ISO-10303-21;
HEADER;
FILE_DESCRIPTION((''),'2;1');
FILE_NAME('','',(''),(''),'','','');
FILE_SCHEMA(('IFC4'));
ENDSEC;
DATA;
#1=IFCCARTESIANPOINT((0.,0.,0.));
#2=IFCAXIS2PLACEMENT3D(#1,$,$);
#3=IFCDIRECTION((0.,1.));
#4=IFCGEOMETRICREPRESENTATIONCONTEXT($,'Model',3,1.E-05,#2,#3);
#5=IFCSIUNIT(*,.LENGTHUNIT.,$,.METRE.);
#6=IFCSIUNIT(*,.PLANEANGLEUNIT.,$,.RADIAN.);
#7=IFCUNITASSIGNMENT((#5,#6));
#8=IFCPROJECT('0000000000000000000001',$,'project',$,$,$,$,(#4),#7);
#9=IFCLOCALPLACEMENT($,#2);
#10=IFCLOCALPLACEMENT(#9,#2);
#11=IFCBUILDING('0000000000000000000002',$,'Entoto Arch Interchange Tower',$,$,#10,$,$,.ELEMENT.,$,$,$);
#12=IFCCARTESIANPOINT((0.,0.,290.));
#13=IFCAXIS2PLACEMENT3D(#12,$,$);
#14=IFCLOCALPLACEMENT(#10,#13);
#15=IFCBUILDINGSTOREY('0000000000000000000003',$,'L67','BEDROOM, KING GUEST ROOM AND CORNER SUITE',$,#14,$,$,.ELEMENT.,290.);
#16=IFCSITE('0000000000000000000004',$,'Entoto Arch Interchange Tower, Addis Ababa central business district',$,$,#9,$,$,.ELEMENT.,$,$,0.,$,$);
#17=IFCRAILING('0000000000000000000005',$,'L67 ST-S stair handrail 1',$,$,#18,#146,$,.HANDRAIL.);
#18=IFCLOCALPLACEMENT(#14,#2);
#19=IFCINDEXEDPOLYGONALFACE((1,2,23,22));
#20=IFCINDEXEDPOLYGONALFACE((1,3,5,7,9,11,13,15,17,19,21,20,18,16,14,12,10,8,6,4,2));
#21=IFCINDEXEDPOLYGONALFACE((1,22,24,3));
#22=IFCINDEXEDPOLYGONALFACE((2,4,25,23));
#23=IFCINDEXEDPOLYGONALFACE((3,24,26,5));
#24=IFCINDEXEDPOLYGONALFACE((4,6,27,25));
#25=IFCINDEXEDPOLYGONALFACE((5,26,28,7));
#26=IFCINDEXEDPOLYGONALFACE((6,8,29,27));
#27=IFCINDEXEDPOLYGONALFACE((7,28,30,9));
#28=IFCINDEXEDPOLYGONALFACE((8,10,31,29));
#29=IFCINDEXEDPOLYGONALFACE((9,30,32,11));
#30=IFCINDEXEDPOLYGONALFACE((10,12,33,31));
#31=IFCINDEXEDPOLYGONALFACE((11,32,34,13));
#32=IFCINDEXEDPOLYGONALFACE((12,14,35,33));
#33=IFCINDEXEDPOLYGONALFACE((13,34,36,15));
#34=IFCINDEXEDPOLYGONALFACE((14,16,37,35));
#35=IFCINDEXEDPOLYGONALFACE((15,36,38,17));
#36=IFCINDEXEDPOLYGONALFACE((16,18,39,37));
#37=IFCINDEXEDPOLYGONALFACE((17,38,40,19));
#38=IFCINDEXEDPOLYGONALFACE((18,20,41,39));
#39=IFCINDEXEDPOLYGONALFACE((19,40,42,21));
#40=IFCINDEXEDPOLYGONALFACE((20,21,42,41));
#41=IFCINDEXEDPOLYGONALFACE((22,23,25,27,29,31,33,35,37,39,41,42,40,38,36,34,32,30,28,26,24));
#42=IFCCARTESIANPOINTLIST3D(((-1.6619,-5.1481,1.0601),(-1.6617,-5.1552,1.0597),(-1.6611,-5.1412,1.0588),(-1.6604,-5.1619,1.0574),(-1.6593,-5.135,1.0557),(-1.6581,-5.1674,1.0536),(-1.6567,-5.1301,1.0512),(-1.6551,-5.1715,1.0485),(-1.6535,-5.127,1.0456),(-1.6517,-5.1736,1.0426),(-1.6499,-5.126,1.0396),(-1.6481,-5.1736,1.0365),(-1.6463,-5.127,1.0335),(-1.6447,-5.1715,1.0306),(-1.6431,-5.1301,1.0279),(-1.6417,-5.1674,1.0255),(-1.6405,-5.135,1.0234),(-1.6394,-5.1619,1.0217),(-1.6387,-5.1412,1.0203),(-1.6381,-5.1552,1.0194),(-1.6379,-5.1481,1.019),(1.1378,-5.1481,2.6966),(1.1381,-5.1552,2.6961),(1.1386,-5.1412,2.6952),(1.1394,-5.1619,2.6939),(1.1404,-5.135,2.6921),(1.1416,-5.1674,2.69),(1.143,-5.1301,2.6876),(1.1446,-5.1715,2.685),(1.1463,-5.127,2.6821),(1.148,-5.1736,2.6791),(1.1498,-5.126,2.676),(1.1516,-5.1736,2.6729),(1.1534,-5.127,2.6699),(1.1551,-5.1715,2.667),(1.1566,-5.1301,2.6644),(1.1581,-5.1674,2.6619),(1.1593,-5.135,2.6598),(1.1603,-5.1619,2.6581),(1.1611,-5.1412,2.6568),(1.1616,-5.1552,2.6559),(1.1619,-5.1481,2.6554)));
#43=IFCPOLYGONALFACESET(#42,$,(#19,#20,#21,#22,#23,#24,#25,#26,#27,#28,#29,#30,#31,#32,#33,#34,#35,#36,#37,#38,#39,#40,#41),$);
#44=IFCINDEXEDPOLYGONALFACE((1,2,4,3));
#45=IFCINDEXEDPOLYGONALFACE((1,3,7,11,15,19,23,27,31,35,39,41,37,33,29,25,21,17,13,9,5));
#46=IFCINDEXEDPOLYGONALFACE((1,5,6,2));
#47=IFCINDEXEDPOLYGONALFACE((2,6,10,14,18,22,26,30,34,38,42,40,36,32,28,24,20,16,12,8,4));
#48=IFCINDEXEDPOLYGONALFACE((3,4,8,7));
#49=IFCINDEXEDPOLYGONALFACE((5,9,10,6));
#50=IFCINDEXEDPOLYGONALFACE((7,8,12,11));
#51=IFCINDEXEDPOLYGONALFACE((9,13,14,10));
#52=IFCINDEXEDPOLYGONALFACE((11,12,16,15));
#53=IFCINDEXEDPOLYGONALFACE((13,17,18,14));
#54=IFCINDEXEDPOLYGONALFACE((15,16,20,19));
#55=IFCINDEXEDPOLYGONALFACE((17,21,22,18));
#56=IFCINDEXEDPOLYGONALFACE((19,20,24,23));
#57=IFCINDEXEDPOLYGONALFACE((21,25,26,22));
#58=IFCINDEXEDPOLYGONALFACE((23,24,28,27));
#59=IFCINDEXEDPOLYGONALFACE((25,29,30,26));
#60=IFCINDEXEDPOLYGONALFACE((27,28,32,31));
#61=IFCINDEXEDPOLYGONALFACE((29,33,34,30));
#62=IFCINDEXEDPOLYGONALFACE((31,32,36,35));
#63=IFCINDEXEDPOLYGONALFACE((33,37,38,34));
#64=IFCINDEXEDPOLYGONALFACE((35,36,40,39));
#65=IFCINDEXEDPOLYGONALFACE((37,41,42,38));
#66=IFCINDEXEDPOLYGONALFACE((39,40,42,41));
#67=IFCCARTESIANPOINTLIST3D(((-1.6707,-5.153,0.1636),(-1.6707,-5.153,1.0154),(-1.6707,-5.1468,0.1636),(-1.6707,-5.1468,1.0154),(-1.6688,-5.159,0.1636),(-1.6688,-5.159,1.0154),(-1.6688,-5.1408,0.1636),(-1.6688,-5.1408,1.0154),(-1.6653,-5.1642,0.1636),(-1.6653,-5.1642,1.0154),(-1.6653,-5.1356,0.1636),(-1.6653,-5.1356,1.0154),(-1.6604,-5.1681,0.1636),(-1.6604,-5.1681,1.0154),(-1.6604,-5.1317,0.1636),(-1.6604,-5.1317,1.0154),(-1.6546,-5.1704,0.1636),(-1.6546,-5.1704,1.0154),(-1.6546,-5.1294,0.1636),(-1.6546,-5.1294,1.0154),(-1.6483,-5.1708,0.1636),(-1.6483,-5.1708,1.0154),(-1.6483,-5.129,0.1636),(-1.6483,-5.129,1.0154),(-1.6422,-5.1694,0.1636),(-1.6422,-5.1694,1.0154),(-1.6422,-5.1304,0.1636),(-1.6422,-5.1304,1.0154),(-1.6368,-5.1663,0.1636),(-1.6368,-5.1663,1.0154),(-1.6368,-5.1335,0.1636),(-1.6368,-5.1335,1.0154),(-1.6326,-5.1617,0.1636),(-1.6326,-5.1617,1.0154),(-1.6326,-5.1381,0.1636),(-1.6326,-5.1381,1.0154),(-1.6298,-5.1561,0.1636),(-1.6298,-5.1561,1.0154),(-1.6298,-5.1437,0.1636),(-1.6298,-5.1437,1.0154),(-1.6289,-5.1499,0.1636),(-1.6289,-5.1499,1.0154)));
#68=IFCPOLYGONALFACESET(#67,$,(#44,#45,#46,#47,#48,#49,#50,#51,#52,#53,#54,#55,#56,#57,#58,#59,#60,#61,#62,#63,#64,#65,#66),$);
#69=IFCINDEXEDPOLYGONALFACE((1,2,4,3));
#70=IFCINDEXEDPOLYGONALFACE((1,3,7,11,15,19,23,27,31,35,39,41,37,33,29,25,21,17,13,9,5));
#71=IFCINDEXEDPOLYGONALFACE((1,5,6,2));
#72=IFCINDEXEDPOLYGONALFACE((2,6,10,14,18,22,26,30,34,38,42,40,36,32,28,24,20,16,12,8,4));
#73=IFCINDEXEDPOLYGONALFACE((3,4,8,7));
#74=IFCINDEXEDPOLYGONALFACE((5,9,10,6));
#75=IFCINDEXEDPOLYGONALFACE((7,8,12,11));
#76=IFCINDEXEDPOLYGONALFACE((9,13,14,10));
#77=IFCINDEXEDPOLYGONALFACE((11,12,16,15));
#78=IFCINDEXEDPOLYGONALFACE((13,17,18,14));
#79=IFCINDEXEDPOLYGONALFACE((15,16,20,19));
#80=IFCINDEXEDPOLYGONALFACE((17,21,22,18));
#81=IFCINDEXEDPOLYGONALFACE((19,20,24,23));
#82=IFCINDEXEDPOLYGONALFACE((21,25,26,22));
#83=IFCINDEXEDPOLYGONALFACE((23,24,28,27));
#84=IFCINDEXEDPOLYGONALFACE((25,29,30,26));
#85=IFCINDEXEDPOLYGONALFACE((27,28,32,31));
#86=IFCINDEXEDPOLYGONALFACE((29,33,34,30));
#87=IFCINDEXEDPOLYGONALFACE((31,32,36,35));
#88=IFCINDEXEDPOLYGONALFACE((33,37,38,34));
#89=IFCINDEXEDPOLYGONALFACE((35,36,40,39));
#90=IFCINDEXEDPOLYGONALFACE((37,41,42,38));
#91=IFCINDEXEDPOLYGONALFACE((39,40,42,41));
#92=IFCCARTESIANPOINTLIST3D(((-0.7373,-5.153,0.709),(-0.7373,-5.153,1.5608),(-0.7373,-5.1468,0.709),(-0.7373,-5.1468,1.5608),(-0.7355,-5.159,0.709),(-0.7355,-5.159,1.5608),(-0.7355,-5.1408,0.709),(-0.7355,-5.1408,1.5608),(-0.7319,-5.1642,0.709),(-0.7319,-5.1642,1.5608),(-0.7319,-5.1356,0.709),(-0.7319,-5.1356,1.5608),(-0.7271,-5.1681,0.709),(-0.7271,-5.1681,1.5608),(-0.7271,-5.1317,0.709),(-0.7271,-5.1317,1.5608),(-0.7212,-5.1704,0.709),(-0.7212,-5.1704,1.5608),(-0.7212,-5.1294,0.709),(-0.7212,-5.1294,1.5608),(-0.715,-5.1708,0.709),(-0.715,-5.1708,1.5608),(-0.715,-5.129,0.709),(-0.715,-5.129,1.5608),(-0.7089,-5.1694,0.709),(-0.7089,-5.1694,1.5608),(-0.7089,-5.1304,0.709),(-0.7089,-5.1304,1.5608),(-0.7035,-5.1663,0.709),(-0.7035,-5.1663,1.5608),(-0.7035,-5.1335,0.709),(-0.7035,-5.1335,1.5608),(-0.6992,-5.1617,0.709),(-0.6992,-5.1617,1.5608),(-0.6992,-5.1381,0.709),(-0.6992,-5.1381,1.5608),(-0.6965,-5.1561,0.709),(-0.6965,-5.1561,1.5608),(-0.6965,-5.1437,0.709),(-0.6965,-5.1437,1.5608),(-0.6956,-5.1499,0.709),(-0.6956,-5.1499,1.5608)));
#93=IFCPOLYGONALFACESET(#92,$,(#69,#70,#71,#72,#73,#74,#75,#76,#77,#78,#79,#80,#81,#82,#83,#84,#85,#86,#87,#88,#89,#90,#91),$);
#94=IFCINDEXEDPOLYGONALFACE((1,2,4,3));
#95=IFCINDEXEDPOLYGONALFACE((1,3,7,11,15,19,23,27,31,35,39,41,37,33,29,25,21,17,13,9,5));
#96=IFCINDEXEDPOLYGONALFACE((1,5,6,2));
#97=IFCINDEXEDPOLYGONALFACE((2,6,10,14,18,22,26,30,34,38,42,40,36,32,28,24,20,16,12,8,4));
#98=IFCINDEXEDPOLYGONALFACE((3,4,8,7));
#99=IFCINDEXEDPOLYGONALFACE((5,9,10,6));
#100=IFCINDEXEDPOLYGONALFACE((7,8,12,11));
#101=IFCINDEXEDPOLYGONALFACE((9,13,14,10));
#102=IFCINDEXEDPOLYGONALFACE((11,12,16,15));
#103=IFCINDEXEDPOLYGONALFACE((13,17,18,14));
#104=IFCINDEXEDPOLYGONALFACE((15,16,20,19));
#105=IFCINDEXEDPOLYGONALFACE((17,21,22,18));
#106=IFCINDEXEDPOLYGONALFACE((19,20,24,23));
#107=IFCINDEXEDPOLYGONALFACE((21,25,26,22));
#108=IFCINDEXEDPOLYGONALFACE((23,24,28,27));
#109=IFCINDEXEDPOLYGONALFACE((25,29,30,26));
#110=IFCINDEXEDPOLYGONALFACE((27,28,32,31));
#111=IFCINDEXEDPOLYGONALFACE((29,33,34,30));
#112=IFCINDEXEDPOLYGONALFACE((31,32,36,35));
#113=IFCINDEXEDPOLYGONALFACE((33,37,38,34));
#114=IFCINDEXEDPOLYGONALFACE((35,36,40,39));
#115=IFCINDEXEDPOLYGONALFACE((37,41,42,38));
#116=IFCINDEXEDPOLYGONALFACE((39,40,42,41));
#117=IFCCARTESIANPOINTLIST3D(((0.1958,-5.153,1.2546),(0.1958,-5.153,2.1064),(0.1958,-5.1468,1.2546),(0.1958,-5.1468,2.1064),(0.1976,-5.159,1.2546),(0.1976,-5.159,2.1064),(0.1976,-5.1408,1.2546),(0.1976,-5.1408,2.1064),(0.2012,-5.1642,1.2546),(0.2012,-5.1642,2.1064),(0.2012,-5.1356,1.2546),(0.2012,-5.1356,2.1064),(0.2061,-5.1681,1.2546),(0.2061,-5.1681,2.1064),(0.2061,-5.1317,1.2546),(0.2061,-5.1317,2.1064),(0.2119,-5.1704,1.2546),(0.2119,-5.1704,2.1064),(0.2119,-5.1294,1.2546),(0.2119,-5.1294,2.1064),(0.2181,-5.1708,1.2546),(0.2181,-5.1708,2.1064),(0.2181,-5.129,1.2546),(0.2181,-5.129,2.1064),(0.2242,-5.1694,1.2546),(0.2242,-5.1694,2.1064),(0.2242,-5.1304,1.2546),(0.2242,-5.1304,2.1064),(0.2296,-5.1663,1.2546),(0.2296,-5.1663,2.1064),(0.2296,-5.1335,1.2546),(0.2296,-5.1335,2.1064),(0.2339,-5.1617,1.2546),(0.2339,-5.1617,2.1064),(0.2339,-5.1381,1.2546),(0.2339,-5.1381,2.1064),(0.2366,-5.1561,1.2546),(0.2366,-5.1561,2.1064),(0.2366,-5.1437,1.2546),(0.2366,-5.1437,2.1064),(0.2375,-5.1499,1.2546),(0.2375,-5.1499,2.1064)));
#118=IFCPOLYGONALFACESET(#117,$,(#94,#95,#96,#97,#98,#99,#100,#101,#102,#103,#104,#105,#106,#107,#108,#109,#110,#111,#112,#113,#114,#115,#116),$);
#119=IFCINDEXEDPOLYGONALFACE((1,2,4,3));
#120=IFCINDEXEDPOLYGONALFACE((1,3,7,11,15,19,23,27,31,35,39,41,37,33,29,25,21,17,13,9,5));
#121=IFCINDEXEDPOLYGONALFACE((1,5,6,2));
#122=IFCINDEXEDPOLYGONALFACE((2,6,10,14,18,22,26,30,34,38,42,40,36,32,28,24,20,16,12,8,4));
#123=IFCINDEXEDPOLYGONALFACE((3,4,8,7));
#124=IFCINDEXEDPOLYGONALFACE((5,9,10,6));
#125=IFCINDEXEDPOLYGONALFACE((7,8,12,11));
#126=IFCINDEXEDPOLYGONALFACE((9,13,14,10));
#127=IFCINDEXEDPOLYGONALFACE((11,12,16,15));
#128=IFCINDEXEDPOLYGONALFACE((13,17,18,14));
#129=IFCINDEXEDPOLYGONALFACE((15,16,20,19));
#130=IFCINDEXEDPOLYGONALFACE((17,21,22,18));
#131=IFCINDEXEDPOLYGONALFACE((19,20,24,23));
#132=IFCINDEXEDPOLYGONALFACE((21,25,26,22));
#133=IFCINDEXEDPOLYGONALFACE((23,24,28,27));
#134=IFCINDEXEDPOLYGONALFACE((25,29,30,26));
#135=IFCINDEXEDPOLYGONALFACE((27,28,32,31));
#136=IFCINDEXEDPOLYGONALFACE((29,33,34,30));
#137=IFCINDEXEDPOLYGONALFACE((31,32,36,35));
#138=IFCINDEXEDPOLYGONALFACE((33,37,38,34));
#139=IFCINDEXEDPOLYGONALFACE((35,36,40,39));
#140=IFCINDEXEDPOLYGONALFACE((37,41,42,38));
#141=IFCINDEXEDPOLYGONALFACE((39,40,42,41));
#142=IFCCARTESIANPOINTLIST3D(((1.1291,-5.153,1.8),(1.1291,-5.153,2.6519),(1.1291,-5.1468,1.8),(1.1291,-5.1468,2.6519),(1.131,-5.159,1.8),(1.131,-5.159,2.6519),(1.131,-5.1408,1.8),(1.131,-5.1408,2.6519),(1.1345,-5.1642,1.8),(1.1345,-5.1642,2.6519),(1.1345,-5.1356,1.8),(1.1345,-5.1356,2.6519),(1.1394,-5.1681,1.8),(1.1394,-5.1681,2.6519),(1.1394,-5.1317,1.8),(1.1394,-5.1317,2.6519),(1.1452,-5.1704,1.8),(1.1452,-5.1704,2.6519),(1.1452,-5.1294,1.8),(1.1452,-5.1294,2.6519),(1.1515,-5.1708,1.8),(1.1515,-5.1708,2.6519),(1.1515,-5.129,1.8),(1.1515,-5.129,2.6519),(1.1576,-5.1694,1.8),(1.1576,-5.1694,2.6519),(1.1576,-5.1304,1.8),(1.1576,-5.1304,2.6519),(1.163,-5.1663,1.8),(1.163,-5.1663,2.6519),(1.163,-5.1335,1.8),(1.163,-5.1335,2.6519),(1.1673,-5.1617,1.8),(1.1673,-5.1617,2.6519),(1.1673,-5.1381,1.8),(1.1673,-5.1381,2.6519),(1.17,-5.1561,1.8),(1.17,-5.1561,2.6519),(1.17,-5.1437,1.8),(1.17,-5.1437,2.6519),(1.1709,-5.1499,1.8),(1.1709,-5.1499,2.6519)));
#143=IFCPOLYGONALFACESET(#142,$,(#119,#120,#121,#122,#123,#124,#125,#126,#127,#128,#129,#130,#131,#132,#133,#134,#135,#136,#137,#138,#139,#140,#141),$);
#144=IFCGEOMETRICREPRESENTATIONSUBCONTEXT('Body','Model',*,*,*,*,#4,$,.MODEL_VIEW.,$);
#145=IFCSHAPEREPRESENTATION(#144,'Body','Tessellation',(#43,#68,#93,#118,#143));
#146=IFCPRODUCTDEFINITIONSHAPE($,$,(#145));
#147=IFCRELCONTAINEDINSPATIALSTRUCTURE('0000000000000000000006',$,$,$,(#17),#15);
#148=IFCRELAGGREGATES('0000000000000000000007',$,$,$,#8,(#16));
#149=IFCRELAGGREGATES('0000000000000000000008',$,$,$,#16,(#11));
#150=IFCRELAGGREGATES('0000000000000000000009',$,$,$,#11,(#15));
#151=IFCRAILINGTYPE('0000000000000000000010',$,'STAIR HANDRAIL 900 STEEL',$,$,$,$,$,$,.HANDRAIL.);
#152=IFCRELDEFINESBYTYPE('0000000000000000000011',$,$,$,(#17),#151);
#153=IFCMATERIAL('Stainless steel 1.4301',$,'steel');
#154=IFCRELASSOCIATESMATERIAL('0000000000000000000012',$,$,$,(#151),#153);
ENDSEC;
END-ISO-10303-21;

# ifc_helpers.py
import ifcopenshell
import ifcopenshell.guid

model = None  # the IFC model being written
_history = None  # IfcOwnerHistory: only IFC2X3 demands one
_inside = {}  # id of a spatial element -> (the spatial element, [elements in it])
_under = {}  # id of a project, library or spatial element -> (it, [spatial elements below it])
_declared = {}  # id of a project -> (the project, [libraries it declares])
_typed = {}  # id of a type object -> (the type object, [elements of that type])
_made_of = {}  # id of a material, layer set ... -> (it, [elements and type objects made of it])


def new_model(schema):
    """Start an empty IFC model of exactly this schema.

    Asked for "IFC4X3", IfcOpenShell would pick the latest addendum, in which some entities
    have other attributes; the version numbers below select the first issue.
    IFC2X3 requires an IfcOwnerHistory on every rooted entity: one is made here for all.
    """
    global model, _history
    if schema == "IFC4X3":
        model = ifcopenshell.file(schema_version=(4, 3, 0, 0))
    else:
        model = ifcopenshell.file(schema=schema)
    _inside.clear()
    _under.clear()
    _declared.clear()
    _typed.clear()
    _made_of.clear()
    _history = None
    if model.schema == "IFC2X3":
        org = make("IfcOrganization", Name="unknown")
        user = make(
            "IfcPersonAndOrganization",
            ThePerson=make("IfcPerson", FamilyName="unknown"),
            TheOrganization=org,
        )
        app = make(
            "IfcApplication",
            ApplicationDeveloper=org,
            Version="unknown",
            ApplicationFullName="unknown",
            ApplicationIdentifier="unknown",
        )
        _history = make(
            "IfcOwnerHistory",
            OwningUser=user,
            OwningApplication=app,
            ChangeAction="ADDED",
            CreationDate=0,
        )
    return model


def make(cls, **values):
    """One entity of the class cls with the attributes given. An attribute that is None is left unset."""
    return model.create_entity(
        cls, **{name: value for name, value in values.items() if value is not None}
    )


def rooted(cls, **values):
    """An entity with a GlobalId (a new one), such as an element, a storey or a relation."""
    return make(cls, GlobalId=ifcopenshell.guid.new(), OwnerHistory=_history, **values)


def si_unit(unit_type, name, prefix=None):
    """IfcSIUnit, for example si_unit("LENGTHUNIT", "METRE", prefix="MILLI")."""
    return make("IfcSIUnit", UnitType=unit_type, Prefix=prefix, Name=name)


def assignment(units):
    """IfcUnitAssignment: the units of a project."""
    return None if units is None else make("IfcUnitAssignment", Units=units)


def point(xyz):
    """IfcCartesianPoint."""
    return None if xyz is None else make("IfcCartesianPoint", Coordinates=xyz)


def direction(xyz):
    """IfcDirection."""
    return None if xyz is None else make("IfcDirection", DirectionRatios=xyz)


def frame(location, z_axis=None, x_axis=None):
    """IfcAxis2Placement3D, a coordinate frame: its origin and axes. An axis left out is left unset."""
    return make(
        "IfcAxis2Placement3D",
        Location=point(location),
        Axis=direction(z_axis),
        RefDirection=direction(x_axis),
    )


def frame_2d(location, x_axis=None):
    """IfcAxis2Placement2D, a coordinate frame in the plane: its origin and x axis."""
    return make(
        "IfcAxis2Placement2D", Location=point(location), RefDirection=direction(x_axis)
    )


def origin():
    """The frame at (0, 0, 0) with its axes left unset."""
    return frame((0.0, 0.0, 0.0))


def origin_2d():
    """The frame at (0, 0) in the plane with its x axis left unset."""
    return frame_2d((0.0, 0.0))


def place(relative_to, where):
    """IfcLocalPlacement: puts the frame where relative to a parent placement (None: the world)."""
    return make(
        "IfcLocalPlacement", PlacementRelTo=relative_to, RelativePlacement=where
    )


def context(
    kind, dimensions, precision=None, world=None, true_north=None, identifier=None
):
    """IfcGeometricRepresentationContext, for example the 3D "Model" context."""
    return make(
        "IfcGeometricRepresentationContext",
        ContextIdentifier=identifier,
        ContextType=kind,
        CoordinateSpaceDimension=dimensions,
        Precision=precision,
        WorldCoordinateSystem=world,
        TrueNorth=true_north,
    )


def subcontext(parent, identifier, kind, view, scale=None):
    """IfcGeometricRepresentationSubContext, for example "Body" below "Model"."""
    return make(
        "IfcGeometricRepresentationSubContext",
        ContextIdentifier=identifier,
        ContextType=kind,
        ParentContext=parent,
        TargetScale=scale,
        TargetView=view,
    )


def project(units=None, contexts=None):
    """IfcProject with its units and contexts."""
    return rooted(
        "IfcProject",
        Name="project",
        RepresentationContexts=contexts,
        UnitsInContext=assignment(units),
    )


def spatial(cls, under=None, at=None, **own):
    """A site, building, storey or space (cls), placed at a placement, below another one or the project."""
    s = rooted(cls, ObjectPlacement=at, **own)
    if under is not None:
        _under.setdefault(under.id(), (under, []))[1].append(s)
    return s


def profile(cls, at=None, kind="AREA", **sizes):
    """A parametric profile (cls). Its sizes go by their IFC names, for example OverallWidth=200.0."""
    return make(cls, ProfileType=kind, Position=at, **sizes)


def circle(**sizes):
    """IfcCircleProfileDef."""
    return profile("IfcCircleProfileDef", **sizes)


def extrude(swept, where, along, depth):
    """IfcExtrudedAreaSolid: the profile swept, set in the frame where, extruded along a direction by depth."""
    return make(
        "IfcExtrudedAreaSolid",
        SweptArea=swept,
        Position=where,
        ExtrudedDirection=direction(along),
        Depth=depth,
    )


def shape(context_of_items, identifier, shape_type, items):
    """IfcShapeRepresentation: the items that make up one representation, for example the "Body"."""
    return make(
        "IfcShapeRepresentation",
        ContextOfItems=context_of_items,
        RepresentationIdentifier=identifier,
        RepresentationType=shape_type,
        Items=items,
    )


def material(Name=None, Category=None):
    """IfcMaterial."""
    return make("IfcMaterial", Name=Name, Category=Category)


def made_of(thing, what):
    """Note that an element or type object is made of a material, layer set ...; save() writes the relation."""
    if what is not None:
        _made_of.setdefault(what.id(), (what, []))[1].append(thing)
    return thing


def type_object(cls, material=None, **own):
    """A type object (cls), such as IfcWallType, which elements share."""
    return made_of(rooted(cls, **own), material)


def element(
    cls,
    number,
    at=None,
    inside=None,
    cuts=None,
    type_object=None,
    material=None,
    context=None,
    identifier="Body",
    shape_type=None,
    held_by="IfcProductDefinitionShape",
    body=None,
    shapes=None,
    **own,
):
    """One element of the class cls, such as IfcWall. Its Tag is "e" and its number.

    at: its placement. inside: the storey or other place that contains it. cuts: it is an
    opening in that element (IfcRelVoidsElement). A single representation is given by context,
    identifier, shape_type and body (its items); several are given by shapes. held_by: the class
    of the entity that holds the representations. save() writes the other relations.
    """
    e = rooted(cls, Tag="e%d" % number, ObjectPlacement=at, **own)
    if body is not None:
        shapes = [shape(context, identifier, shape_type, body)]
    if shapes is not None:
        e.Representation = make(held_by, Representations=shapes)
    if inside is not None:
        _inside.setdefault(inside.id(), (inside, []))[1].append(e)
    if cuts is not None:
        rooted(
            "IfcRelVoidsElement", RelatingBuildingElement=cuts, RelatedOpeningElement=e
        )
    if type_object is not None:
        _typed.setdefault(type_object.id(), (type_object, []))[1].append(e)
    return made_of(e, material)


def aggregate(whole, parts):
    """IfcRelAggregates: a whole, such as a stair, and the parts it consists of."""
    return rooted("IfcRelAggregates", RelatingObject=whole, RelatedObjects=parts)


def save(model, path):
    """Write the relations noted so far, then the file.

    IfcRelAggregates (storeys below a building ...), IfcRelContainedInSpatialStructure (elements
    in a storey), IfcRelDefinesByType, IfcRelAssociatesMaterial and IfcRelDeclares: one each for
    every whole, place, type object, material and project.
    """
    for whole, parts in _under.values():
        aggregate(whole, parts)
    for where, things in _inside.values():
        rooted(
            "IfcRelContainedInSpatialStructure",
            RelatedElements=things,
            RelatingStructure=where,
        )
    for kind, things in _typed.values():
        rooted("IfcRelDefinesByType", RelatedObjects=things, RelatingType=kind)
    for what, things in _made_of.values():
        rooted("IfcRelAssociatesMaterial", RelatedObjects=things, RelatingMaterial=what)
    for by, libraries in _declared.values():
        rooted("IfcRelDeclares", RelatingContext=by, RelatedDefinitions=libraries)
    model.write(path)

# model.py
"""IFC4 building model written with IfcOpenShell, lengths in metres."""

from ifc_helpers import new_model, si_unit, direction, frame, origin, origin_2d, place, context, subcontext, project, spatial, circle, extrude, material, type_object, element, save


model = new_model("IFC4")

# Units and contexts
model_context = context("Model", 3, precision=1e-05, world=origin(), true_north=direction((0.0, 1.0)))
body_context = subcontext(model_context, "Body", "Model", "MODEL_VIEW")
ifc_project = project(units=[si_unit("LENGTHUNIT", "METRE"), si_unit("PLANEANGLEUNIT", "RADIAN")], contexts=[model_context])

# Site, building, storey
site_placement = place(None, origin())
site = spatial("IfcSite", under=ifc_project, at=site_placement, Name="Entoto Arch Interchange Tower, Addis Ababa central business district", CompositionType="ELEMENT", RefElevation=0.0)
building_placement = place(site_placement, origin())
building = spatial("IfcBuilding", under=site, at=building_placement, Name="Entoto Arch Interchange Tower", CompositionType="ELEMENT")
storey_placement = place(building_placement, frame((0.0, 0.0, 290.0)))
storey = spatial("IfcBuildingStorey", under=building, at=storey_placement, Name="L67", Description="BEDROOM, KING GUEST ROOM AND CORNER SUITE", CompositionType="ELEMENT", Elevation=290.0)

# Railing
ifc_material_1 = material(Name="Stainless steel 1.4301", Category="steel")
railing_type_1 = type_object("IfcRailingType", Name="STAIR HANDRAIL 900 STEEL", PredefinedType="HANDRAIL", material=ifc_material_1)
railing_1_placement = place(storey_placement, frame((-1.6499, -5.1499, 0.1636)))
element("IfcRailing", 1, at=railing_1_placement, inside=storey, type_object=railing_type_1, Name="L67 ST-S stair handrail 1", PredefinedType="HANDRAIL", context=body_context, shape_type="SweptSolid", body=[
    extrude(circle(Radius=0.0239, at=origin_2d()), frame((0.0, 0.0, 0.876), z_axis=(0.863342, 0.0, 0.50462), x_axis=(0.0, 1.0, 0.0)), (0.0, 0.0, 1.0), 3.2429),
    extrude(circle(Radius=0.021, at=origin_2d()), origin(), (0.0, 0.0, 1.0), 0.8518),
    extrude(circle(Radius=0.021, at=origin_2d()), frame((0.9333, 0.0, 0.5454)), (0.0, 0.0, 1.0), 0.8518),
    extrude(circle(Radius=0.021, at=origin_2d()), frame((1.8665, 0.0, 1.0911)), (0.0, 0.0, 1.0), 0.8518),
    extrude(circle(Radius=0.021, at=origin_2d()), frame((2.7998, 0.0, 1.6365)), (0.0, 0.0, 1.0), 0.8518),
])

save(model, "model.ifc")
